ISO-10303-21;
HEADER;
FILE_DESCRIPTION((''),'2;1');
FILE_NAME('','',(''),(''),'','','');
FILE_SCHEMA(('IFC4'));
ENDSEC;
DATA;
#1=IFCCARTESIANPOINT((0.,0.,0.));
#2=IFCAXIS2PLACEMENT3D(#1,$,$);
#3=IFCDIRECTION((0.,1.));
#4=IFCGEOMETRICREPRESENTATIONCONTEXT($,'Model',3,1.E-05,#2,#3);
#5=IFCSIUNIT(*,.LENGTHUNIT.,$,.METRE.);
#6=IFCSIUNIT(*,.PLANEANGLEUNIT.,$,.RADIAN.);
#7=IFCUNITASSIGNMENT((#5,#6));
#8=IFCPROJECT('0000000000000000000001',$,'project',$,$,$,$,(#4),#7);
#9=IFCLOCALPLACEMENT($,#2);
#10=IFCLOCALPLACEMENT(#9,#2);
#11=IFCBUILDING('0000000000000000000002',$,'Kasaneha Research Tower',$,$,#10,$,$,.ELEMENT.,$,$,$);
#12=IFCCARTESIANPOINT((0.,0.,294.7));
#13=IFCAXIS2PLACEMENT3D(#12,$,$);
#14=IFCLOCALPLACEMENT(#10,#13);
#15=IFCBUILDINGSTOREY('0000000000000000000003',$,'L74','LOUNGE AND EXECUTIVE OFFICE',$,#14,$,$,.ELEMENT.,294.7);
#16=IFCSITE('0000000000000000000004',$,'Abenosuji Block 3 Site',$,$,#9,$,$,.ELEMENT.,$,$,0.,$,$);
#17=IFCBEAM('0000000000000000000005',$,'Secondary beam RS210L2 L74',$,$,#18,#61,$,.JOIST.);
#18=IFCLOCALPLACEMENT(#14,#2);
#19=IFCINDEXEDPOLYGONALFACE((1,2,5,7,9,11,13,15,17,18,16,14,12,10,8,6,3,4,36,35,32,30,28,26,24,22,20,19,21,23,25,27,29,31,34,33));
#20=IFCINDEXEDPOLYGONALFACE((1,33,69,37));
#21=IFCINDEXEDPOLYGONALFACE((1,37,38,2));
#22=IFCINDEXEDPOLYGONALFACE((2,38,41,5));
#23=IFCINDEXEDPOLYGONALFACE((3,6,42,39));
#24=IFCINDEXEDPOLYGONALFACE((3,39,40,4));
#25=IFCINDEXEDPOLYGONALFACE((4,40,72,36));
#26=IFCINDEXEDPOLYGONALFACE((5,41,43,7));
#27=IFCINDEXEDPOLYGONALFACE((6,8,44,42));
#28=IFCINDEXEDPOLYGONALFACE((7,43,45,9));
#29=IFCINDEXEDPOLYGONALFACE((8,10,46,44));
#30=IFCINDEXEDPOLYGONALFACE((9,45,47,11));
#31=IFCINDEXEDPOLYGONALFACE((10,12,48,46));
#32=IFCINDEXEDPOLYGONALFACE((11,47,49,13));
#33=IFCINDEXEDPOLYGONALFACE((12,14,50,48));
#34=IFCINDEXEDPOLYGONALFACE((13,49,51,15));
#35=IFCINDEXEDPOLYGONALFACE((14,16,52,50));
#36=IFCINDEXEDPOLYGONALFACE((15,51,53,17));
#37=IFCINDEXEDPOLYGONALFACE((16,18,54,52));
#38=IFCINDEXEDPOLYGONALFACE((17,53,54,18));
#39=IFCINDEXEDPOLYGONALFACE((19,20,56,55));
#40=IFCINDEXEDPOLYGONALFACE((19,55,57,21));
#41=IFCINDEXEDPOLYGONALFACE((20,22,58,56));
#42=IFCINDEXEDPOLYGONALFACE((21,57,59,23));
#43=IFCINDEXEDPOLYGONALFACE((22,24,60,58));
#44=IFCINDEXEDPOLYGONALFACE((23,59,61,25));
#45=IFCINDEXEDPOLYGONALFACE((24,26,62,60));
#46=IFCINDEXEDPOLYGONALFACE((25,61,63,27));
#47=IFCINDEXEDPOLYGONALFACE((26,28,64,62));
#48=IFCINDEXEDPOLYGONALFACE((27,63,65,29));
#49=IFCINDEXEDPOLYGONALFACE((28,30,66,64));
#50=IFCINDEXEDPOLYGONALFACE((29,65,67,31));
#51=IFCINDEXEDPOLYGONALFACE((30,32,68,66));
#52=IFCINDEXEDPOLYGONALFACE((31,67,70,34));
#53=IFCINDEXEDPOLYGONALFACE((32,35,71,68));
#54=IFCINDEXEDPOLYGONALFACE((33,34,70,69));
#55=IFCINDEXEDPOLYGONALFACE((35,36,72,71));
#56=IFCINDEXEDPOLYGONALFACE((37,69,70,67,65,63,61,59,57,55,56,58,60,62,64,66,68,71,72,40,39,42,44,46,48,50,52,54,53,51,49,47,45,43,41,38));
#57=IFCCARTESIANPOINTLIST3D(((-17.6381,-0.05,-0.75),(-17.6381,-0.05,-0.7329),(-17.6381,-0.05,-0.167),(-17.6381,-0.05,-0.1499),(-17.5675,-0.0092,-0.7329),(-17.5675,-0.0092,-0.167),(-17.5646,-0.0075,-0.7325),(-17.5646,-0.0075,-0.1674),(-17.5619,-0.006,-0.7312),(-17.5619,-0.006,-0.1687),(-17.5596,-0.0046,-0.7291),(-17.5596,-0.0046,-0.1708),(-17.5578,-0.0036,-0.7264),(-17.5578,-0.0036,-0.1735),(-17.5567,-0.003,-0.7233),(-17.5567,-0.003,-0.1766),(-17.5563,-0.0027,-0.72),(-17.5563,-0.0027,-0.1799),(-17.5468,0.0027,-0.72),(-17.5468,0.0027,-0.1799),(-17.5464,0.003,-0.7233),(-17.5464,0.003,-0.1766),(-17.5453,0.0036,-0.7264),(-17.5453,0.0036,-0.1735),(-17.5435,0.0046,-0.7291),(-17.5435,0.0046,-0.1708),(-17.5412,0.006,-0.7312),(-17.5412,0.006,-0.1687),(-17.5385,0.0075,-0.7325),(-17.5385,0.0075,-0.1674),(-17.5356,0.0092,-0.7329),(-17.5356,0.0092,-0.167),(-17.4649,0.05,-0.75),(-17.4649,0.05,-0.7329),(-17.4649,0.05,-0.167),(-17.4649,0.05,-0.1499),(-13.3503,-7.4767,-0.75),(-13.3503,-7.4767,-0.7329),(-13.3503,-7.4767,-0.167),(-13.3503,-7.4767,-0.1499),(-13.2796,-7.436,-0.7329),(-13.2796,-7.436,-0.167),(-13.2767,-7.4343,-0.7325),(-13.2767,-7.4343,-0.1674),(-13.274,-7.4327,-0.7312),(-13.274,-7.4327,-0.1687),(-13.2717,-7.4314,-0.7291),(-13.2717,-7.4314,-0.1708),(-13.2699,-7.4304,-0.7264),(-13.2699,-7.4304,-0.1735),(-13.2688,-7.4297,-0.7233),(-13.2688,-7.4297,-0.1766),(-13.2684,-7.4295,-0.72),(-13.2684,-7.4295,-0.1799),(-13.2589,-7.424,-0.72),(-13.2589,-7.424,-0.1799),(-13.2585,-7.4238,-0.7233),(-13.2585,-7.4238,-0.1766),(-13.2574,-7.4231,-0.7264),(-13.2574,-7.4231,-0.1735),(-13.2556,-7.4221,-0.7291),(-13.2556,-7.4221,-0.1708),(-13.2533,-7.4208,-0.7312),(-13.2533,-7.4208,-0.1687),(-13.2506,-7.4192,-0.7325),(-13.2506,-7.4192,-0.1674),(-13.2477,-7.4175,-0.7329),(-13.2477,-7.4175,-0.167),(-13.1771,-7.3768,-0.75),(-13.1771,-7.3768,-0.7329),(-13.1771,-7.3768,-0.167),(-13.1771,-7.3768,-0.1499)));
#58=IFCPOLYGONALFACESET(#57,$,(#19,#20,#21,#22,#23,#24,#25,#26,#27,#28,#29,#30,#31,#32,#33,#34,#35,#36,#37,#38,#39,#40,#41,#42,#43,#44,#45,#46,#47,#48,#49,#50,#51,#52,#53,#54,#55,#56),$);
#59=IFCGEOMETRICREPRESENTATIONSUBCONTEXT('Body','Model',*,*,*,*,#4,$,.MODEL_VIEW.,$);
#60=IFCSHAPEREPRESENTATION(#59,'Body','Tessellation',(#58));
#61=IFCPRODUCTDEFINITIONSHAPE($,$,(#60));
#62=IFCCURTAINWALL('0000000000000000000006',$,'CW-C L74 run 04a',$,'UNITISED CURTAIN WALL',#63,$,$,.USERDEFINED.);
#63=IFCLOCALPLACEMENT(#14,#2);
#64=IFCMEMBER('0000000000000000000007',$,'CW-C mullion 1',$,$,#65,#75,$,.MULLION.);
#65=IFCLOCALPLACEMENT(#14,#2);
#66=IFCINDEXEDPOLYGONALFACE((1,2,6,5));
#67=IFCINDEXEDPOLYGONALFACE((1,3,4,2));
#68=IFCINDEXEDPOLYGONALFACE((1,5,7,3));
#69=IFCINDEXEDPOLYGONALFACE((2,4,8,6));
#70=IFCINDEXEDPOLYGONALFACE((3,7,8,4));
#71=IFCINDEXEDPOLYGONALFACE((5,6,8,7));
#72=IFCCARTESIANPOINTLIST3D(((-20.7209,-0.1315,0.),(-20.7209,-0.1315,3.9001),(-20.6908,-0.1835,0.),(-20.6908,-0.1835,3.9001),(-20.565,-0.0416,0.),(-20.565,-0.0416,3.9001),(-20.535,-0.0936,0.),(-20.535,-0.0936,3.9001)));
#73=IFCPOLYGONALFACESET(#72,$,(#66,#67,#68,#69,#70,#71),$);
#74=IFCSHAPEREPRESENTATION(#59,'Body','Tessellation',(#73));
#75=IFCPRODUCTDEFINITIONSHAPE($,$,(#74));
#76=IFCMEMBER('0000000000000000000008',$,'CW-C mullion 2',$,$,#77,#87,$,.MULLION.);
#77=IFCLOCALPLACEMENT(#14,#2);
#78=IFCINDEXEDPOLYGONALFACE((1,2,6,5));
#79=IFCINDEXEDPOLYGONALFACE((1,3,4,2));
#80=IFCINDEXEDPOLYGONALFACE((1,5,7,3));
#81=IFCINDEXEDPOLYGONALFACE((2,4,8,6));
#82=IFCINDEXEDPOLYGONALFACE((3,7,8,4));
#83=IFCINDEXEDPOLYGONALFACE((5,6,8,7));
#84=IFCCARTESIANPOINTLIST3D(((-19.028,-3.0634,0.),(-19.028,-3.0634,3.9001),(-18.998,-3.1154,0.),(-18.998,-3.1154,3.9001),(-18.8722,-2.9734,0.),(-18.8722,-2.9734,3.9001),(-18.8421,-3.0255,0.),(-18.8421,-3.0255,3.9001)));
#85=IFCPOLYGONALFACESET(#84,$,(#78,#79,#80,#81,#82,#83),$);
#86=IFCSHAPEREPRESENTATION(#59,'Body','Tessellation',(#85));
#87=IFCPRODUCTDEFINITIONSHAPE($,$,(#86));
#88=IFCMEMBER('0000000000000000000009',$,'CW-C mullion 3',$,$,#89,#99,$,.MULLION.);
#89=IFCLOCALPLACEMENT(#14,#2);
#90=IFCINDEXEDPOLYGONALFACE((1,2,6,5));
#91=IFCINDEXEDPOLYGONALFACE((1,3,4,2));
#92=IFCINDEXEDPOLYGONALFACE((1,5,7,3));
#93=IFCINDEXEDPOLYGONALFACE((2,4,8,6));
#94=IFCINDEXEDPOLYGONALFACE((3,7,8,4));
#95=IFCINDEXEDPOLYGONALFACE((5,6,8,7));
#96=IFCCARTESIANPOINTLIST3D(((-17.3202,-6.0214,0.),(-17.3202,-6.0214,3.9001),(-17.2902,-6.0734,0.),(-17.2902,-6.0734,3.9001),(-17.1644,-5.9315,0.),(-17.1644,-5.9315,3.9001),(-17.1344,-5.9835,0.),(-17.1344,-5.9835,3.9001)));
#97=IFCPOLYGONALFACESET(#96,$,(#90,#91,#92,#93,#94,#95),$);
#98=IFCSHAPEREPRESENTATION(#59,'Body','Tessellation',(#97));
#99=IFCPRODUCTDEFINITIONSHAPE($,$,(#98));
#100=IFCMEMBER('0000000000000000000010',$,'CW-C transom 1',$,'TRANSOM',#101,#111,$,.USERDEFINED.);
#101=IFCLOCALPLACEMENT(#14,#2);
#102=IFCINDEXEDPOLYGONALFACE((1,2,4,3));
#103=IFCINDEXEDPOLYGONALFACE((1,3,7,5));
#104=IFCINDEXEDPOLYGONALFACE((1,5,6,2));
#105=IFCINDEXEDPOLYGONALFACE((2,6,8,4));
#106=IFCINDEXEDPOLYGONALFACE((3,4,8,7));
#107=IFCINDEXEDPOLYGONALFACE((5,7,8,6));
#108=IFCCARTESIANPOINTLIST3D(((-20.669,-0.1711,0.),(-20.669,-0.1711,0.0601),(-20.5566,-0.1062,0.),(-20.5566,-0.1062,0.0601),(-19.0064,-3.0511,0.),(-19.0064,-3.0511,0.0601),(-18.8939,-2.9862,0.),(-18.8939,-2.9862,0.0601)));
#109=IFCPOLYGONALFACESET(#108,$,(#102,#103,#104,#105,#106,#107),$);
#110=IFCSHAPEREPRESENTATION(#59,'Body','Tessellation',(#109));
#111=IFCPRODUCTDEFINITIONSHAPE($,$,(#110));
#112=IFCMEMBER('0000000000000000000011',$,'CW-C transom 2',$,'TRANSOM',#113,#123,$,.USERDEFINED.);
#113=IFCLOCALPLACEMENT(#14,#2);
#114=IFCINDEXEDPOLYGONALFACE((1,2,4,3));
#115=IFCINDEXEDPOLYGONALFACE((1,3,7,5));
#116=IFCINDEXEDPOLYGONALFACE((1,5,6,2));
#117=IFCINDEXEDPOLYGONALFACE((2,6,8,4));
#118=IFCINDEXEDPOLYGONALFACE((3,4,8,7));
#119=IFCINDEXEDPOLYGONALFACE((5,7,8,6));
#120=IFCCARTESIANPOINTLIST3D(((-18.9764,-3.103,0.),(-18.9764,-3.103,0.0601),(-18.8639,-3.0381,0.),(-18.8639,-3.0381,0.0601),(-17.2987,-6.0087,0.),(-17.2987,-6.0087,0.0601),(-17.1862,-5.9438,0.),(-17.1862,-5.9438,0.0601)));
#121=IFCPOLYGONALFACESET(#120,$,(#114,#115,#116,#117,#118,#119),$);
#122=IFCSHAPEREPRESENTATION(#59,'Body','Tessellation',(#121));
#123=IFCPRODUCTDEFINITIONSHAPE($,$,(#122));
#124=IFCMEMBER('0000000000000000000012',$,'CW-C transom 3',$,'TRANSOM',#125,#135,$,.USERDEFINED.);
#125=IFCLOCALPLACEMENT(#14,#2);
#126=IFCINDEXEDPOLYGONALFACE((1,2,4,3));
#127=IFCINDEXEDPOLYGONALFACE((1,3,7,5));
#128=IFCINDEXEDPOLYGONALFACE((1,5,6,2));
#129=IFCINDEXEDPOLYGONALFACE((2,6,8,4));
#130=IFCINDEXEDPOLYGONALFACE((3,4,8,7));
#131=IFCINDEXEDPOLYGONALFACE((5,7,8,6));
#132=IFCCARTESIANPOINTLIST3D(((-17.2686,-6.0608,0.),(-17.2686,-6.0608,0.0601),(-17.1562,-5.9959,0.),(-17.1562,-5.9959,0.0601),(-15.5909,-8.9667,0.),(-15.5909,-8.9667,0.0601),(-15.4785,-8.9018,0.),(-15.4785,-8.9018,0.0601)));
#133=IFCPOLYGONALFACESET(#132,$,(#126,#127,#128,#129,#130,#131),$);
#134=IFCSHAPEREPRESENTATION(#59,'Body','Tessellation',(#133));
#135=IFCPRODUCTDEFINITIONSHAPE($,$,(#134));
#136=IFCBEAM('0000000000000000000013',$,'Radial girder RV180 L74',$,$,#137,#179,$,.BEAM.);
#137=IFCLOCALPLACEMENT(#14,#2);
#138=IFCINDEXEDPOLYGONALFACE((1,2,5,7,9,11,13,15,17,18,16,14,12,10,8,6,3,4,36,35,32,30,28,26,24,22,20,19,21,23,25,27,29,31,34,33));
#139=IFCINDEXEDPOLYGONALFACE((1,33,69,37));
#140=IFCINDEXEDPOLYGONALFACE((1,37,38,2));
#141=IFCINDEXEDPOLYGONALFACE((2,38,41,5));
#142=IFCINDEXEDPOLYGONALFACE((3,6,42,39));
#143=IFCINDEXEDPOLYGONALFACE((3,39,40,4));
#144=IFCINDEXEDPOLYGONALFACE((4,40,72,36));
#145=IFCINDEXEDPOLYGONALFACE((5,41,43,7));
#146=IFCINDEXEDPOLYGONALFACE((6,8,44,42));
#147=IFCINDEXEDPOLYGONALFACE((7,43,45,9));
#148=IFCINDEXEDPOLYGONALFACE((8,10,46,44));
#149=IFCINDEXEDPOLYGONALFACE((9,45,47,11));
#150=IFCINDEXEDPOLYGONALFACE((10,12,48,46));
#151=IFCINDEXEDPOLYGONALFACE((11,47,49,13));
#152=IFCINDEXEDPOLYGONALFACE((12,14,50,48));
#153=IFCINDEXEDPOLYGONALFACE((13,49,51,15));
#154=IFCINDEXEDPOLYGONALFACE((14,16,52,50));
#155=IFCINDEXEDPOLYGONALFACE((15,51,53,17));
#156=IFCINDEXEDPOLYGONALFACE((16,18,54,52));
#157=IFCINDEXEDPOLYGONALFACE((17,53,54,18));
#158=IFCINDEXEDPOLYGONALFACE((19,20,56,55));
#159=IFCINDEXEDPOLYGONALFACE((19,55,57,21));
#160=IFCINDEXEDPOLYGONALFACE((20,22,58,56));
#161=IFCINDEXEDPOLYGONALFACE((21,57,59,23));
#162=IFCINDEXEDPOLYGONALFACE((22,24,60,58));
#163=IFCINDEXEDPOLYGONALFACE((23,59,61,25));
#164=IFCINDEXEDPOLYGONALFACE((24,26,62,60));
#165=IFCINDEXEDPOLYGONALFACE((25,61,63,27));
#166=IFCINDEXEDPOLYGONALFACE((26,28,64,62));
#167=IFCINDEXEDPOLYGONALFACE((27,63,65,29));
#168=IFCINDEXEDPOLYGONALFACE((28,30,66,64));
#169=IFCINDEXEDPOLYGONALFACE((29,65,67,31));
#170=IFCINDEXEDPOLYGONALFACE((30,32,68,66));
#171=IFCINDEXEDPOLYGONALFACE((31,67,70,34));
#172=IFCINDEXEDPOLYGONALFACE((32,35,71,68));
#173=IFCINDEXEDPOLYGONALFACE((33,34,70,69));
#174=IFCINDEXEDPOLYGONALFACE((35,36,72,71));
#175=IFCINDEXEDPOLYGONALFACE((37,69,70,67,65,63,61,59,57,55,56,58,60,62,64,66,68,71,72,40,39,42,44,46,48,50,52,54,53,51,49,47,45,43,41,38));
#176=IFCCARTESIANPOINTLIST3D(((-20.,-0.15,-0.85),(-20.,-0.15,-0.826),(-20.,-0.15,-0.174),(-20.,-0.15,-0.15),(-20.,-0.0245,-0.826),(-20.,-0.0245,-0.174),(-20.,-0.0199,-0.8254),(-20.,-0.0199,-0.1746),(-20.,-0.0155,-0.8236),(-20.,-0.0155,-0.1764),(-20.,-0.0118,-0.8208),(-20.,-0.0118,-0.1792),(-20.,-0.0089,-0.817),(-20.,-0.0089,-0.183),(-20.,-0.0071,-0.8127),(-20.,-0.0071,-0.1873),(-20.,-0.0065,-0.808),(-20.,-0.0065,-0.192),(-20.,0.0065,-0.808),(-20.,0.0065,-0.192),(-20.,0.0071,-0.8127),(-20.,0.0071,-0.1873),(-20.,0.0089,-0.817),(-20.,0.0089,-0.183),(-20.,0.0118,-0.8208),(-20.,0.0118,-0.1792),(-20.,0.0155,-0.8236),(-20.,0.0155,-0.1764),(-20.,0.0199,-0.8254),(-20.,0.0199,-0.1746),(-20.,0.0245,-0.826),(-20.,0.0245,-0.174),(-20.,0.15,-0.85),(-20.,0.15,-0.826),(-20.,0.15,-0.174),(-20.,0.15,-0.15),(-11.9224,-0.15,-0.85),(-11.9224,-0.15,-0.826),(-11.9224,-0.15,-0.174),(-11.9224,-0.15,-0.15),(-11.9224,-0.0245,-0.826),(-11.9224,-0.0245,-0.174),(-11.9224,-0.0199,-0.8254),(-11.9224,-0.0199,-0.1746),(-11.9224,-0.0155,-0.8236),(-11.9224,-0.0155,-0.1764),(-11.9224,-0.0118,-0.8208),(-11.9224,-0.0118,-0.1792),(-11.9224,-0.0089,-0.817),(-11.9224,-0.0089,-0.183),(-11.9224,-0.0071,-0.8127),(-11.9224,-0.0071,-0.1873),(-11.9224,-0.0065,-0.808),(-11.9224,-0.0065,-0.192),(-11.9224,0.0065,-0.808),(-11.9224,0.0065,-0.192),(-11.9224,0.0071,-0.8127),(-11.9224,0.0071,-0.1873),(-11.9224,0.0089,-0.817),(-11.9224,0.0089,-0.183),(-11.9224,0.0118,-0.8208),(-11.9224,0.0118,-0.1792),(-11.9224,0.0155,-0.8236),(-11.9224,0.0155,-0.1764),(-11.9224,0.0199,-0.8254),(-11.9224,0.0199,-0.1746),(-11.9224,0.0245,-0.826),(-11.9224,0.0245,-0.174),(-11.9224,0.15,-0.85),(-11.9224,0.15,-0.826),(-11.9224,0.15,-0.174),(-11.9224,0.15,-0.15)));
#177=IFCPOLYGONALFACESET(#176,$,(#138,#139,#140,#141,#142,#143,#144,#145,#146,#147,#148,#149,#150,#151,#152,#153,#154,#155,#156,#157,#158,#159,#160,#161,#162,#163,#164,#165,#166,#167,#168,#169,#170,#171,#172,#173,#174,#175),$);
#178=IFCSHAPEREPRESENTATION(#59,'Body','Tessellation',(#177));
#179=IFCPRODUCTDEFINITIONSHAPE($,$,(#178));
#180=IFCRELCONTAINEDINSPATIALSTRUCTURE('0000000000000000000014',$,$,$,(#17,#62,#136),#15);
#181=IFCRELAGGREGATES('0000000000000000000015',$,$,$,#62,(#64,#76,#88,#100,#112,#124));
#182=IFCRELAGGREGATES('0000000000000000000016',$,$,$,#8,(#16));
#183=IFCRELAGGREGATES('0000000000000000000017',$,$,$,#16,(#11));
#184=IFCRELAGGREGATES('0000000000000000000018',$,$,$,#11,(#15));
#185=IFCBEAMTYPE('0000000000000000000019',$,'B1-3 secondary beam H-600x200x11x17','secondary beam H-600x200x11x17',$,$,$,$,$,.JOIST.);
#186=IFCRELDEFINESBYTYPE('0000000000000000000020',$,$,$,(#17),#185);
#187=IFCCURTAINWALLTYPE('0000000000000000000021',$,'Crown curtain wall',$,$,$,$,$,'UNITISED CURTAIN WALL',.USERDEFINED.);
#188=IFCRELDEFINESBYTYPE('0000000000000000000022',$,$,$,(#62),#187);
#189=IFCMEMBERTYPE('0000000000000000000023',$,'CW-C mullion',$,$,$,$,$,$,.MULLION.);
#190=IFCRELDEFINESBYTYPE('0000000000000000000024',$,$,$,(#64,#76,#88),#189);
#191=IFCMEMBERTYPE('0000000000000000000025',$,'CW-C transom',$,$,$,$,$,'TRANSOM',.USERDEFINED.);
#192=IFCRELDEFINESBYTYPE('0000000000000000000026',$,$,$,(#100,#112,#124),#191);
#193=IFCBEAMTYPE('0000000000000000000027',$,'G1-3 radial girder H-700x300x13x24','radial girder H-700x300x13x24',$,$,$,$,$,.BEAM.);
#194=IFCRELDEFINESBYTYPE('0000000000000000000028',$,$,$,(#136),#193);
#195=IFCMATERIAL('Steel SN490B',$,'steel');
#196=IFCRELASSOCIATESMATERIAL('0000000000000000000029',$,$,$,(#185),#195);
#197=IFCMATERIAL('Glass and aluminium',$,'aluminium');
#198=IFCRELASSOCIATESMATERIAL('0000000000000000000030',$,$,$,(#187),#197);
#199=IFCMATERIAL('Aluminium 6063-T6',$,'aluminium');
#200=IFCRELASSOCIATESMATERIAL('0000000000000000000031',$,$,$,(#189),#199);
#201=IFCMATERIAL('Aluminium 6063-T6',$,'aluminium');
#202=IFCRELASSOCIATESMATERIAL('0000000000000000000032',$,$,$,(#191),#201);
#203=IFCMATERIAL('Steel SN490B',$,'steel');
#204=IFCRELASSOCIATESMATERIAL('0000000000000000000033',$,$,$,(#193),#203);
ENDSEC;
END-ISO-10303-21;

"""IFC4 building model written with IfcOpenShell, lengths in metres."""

from ifc_helpers import new_model, si_unit, direction, frame, origin, origin_2d, place, context, subcontext, project, spatial, rectangle, i_section, extrude, material, material_profile, profile_set, type_object, element, aggregate, save


model = new_model("IFC4")

# Units and contexts
model_context = context("Model", 3, precision=1e-05, world=origin(), true_north=direction((0.0, 1.0)))
body_context = subcontext(model_context, "Body", "Model", "MODEL_VIEW")
ifc_project = project(units=[si_unit("LENGTHUNIT", "METRE"), si_unit("PLANEANGLEUNIT", "RADIAN")], contexts=[model_context])

# Site, building, storey
site_placement = place(None, origin())
site = spatial("IfcSite", under=ifc_project, at=site_placement, Name="Abenosuji Block 3 Site", CompositionType="ELEMENT", RefElevation=0.0)
building_placement = place(site_placement, origin())
building = spatial("IfcBuilding", under=site, at=building_placement, Name="Kasaneha Research Tower", CompositionType="ELEMENT")
storey_placement = place(building_placement, frame((0.0, 0.0, 294.7)))
storey = spatial("IfcBuildingStorey", under=building, at=storey_placement, Name="L74", Description="LOUNGE AND EXECUTIVE OFFICE", CompositionType="ELEMENT", Elevation=294.7)

# Beam
ifc_material_1 = material(Name="Steel SN490B", Category="steel")
ifc_material_profile_1 = material_profile(ifc_material_1, i_section(OverallWidth=0.2, OverallDepth=0.6001, WebThickness=0.011, FlangeThickness=0.0171, FilletRadius=0.0129, at=origin_2d()), Name="H-600x200x11x17")
ifc_profile_set_1 = profile_set([ifc_material_profile_1], Name="Steel SN490B")
beam_type_1 = type_object("IfcBeamType", Name="B1-3 secondary beam H-600x200x11x17", Description="secondary beam H-600x200x11x17", PredefinedType="JOIST", material=ifc_profile_set_1)
beam_1_placement = place(storey_placement, frame((-17.5515, 0.0, -0.45), z_axis=(0.5, -0.866025, 0.0), x_axis=(0.866025, 0.5, 0.0)))
element("IfcBeam", 1, at=beam_1_placement, inside=storey, type_object=beam_type_1, Name="Secondary beam RS210L2 L74", PredefinedType="JOIST", context=body_context, shape_type="SweptSolid", body=[
    extrude(i_section(OverallWidth=0.2, OverallDepth=0.6001, WebThickness=0.011, FlangeThickness=0.0171, FilletRadius=0.0129, at=origin_2d()), origin(), (0.0, 0.0, 1.0), 8.5757),
])

# Curtain wall, members
ifc_material_2 = material(Name="Glass and aluminium", Category="aluminium")
curtain_wall_type = type_object("IfcCurtainWallType", Name="Crown curtain wall", ElementType="UNITISED CURTAIN WALL", PredefinedType="USERDEFINED", material=ifc_material_2)
curtain_wall_placement = place(storey_placement, origin())
curtain_wall = element("IfcCurtainWall", 2, at=curtain_wall_placement, inside=storey, type_object=curtain_wall_type, Name="CW-C L74 run 04a", ObjectType="UNITISED CURTAIN WALL", PredefinedType="USERDEFINED")
ifc_material_3 = material(Name="Aluminium 6063-T6", Category="aluminium")
ifc_material_profile_2 = material_profile(ifc_material_3, rectangle(XDim=0.0601, YDim=0.1799, at=origin_2d()), Name="CW-C mullion 60x180")
ifc_profile_set_2 = profile_set([ifc_material_profile_2], Name="Aluminium 6063-T6")
member_type_1 = type_object("IfcMemberType", Name="CW-C mullion", PredefinedType="MULLION", material=ifc_profile_set_2)
member_1_placement = place(storey_placement, frame((-20.6279, -0.1125, 0.0), z_axis=(0.0, 0.0, 1.0), x_axis=(0.5, -0.866025, 0.0)))
member_1 = element("IfcMember", 3, at=member_1_placement, type_object=member_type_1, Name="CW-C mullion 1", PredefinedType="MULLION", context=body_context, shape_type="SweptSolid", body=[
    extrude(rectangle(XDim=0.0601, YDim=0.1799, at=origin_2d()), origin(), (0.0, 0.0, 1.0), 3.9001),
])
member_2_placement = place(storey_placement, frame((-18.9351, -3.0444, 0.0), z_axis=(0.0, 0.0, 1.0), x_axis=(0.5, -0.866025, 0.0)))
member_2 = element("IfcMember", 4, at=member_2_placement, type_object=member_type_1, Name="CW-C mullion 2", PredefinedType="MULLION", context=body_context, shape_type="SweptSolid", body=[
    extrude(rectangle(XDim=0.0601, YDim=0.1799, at=origin_2d()), origin(), (0.0, 0.0, 1.0), 3.9001),
])
member_3_placement = place(storey_placement, frame((-17.2273, -6.0024, 0.0), z_axis=(0.0, 0.0, 1.0), x_axis=(0.5, -0.866025, 0.0)))
member_3 = element("IfcMember", 5, at=member_3_placement, type_object=member_type_1, Name="CW-C mullion 3", PredefinedType="MULLION", context=body_context, shape_type="SweptSolid", body=[
    extrude(rectangle(XDim=0.0601, YDim=0.1799, at=origin_2d()), origin(), (0.0, 0.0, 1.0), 3.9001),
])
ifc_material_4 = material(Name="Aluminium 6063-T6", Category="aluminium")
ifc_material_profile_3 = material_profile(ifc_material_4, rectangle(XDim=0.1299, YDim=0.0601, at=origin_2d()), Name="CW-C transom 130x60")
ifc_profile_set_3 = profile_set([ifc_material_profile_3], Name="Aluminium 6063-T6")
member_type_2 = type_object("IfcMemberType", Name="CW-C transom", ElementType="TRANSOM", PredefinedType="USERDEFINED", material=ifc_profile_set_3)
member_4_placement = place(storey_placement, frame((-20.6128, -0.1387, 0.03), z_axis=(0.499977, -0.866039, 0.0), x_axis=(0.866039, 0.499977, 0.0)))
member_4 = element("IfcMember", 6, at=member_4_placement, type_object=member_type_2, Name="CW-C transom 1", ObjectType="TRANSOM", PredefinedType="USERDEFINED", context=body_context, shape_type="SweptSolid", body=[
    extrude(rectangle(XDim=0.1299, YDim=0.0601, at=origin_2d()), origin(), (0.0, 0.0, 1.0), 3.3254),
])
member_5_placement = place(storey_placement, frame((-18.9202, -3.0706, 0.03), z_axis=(0.500021, -0.866014, 0.0), x_axis=(0.866014, 0.500021, 0.0)))
member_5 = element("IfcMember", 7, at=member_5_placement, type_object=member_type_2, Name="CW-C transom 2", ObjectType="TRANSOM", PredefinedType="USERDEFINED", context=body_context, shape_type="SweptSolid", body=[
    extrude(rectangle(XDim=0.1299, YDim=0.0601, at=origin_2d()), origin(), (0.0, 0.0, 1.0), 3.3552),
])
member_6_placement = place(storey_placement, frame((-17.2124, -6.0283, 0.03), z_axis=(0.499989, -0.866032, 0.0), x_axis=(0.866032, 0.499989, 0.0)))
member_6 = element("IfcMember", 8, at=member_6_placement, type_object=member_type_2, Name="CW-C transom 3", ObjectType="TRANSOM", PredefinedType="USERDEFINED", context=body_context, shape_type="SweptSolid", body=[
    extrude(rectangle(XDim=0.1299, YDim=0.0601, at=origin_2d()), origin(), (0.0, 0.0, 1.0), 3.3555),
])

# Beam
ifc_material_5 = material(Name="Steel SN490B", Category="steel")
ifc_material_profile_4 = material_profile(ifc_material_5, i_section(OverallWidth=0.3, OverallDepth=0.7, WebThickness=0.0129, FlangeThickness=0.0239, FilletRadius=0.0181, at=origin_2d()), Name="H-700x300x13x24")
ifc_profile_set_4 = profile_set([ifc_material_profile_4], Name="Steel SN490B")
beam_type_2 = type_object("IfcBeamType", Name="G1-3 radial girder H-700x300x13x24", Description="radial girder H-700x300x13x24", PredefinedType="BEAM", material=ifc_profile_set_4)
beam_2_placement = place(storey_placement, frame((-11.9224, 0.0, -0.5), z_axis=(-1.0, 0.0, 0.0), x_axis=(0.0, -1.0, 0.0)))
element("IfcBeam", 9, at=beam_2_placement, inside=storey, type_object=beam_type_2, Name="Radial girder RV180 L74", PredefinedType="BEAM", context=body_context, shape_type="SweptSolid", body=[
    extrude(i_section(OverallWidth=0.3, OverallDepth=0.7, WebThickness=0.0129, FlangeThickness=0.0239, FilletRadius=0.0181, at=origin_2d()), origin(), (0.0, 0.0, 1.0), 8.0776),
])

aggregate(curtain_wall, [member_1, member_2, member_3, member_4, member_5, member_6])

save(model, "model.ifc")
